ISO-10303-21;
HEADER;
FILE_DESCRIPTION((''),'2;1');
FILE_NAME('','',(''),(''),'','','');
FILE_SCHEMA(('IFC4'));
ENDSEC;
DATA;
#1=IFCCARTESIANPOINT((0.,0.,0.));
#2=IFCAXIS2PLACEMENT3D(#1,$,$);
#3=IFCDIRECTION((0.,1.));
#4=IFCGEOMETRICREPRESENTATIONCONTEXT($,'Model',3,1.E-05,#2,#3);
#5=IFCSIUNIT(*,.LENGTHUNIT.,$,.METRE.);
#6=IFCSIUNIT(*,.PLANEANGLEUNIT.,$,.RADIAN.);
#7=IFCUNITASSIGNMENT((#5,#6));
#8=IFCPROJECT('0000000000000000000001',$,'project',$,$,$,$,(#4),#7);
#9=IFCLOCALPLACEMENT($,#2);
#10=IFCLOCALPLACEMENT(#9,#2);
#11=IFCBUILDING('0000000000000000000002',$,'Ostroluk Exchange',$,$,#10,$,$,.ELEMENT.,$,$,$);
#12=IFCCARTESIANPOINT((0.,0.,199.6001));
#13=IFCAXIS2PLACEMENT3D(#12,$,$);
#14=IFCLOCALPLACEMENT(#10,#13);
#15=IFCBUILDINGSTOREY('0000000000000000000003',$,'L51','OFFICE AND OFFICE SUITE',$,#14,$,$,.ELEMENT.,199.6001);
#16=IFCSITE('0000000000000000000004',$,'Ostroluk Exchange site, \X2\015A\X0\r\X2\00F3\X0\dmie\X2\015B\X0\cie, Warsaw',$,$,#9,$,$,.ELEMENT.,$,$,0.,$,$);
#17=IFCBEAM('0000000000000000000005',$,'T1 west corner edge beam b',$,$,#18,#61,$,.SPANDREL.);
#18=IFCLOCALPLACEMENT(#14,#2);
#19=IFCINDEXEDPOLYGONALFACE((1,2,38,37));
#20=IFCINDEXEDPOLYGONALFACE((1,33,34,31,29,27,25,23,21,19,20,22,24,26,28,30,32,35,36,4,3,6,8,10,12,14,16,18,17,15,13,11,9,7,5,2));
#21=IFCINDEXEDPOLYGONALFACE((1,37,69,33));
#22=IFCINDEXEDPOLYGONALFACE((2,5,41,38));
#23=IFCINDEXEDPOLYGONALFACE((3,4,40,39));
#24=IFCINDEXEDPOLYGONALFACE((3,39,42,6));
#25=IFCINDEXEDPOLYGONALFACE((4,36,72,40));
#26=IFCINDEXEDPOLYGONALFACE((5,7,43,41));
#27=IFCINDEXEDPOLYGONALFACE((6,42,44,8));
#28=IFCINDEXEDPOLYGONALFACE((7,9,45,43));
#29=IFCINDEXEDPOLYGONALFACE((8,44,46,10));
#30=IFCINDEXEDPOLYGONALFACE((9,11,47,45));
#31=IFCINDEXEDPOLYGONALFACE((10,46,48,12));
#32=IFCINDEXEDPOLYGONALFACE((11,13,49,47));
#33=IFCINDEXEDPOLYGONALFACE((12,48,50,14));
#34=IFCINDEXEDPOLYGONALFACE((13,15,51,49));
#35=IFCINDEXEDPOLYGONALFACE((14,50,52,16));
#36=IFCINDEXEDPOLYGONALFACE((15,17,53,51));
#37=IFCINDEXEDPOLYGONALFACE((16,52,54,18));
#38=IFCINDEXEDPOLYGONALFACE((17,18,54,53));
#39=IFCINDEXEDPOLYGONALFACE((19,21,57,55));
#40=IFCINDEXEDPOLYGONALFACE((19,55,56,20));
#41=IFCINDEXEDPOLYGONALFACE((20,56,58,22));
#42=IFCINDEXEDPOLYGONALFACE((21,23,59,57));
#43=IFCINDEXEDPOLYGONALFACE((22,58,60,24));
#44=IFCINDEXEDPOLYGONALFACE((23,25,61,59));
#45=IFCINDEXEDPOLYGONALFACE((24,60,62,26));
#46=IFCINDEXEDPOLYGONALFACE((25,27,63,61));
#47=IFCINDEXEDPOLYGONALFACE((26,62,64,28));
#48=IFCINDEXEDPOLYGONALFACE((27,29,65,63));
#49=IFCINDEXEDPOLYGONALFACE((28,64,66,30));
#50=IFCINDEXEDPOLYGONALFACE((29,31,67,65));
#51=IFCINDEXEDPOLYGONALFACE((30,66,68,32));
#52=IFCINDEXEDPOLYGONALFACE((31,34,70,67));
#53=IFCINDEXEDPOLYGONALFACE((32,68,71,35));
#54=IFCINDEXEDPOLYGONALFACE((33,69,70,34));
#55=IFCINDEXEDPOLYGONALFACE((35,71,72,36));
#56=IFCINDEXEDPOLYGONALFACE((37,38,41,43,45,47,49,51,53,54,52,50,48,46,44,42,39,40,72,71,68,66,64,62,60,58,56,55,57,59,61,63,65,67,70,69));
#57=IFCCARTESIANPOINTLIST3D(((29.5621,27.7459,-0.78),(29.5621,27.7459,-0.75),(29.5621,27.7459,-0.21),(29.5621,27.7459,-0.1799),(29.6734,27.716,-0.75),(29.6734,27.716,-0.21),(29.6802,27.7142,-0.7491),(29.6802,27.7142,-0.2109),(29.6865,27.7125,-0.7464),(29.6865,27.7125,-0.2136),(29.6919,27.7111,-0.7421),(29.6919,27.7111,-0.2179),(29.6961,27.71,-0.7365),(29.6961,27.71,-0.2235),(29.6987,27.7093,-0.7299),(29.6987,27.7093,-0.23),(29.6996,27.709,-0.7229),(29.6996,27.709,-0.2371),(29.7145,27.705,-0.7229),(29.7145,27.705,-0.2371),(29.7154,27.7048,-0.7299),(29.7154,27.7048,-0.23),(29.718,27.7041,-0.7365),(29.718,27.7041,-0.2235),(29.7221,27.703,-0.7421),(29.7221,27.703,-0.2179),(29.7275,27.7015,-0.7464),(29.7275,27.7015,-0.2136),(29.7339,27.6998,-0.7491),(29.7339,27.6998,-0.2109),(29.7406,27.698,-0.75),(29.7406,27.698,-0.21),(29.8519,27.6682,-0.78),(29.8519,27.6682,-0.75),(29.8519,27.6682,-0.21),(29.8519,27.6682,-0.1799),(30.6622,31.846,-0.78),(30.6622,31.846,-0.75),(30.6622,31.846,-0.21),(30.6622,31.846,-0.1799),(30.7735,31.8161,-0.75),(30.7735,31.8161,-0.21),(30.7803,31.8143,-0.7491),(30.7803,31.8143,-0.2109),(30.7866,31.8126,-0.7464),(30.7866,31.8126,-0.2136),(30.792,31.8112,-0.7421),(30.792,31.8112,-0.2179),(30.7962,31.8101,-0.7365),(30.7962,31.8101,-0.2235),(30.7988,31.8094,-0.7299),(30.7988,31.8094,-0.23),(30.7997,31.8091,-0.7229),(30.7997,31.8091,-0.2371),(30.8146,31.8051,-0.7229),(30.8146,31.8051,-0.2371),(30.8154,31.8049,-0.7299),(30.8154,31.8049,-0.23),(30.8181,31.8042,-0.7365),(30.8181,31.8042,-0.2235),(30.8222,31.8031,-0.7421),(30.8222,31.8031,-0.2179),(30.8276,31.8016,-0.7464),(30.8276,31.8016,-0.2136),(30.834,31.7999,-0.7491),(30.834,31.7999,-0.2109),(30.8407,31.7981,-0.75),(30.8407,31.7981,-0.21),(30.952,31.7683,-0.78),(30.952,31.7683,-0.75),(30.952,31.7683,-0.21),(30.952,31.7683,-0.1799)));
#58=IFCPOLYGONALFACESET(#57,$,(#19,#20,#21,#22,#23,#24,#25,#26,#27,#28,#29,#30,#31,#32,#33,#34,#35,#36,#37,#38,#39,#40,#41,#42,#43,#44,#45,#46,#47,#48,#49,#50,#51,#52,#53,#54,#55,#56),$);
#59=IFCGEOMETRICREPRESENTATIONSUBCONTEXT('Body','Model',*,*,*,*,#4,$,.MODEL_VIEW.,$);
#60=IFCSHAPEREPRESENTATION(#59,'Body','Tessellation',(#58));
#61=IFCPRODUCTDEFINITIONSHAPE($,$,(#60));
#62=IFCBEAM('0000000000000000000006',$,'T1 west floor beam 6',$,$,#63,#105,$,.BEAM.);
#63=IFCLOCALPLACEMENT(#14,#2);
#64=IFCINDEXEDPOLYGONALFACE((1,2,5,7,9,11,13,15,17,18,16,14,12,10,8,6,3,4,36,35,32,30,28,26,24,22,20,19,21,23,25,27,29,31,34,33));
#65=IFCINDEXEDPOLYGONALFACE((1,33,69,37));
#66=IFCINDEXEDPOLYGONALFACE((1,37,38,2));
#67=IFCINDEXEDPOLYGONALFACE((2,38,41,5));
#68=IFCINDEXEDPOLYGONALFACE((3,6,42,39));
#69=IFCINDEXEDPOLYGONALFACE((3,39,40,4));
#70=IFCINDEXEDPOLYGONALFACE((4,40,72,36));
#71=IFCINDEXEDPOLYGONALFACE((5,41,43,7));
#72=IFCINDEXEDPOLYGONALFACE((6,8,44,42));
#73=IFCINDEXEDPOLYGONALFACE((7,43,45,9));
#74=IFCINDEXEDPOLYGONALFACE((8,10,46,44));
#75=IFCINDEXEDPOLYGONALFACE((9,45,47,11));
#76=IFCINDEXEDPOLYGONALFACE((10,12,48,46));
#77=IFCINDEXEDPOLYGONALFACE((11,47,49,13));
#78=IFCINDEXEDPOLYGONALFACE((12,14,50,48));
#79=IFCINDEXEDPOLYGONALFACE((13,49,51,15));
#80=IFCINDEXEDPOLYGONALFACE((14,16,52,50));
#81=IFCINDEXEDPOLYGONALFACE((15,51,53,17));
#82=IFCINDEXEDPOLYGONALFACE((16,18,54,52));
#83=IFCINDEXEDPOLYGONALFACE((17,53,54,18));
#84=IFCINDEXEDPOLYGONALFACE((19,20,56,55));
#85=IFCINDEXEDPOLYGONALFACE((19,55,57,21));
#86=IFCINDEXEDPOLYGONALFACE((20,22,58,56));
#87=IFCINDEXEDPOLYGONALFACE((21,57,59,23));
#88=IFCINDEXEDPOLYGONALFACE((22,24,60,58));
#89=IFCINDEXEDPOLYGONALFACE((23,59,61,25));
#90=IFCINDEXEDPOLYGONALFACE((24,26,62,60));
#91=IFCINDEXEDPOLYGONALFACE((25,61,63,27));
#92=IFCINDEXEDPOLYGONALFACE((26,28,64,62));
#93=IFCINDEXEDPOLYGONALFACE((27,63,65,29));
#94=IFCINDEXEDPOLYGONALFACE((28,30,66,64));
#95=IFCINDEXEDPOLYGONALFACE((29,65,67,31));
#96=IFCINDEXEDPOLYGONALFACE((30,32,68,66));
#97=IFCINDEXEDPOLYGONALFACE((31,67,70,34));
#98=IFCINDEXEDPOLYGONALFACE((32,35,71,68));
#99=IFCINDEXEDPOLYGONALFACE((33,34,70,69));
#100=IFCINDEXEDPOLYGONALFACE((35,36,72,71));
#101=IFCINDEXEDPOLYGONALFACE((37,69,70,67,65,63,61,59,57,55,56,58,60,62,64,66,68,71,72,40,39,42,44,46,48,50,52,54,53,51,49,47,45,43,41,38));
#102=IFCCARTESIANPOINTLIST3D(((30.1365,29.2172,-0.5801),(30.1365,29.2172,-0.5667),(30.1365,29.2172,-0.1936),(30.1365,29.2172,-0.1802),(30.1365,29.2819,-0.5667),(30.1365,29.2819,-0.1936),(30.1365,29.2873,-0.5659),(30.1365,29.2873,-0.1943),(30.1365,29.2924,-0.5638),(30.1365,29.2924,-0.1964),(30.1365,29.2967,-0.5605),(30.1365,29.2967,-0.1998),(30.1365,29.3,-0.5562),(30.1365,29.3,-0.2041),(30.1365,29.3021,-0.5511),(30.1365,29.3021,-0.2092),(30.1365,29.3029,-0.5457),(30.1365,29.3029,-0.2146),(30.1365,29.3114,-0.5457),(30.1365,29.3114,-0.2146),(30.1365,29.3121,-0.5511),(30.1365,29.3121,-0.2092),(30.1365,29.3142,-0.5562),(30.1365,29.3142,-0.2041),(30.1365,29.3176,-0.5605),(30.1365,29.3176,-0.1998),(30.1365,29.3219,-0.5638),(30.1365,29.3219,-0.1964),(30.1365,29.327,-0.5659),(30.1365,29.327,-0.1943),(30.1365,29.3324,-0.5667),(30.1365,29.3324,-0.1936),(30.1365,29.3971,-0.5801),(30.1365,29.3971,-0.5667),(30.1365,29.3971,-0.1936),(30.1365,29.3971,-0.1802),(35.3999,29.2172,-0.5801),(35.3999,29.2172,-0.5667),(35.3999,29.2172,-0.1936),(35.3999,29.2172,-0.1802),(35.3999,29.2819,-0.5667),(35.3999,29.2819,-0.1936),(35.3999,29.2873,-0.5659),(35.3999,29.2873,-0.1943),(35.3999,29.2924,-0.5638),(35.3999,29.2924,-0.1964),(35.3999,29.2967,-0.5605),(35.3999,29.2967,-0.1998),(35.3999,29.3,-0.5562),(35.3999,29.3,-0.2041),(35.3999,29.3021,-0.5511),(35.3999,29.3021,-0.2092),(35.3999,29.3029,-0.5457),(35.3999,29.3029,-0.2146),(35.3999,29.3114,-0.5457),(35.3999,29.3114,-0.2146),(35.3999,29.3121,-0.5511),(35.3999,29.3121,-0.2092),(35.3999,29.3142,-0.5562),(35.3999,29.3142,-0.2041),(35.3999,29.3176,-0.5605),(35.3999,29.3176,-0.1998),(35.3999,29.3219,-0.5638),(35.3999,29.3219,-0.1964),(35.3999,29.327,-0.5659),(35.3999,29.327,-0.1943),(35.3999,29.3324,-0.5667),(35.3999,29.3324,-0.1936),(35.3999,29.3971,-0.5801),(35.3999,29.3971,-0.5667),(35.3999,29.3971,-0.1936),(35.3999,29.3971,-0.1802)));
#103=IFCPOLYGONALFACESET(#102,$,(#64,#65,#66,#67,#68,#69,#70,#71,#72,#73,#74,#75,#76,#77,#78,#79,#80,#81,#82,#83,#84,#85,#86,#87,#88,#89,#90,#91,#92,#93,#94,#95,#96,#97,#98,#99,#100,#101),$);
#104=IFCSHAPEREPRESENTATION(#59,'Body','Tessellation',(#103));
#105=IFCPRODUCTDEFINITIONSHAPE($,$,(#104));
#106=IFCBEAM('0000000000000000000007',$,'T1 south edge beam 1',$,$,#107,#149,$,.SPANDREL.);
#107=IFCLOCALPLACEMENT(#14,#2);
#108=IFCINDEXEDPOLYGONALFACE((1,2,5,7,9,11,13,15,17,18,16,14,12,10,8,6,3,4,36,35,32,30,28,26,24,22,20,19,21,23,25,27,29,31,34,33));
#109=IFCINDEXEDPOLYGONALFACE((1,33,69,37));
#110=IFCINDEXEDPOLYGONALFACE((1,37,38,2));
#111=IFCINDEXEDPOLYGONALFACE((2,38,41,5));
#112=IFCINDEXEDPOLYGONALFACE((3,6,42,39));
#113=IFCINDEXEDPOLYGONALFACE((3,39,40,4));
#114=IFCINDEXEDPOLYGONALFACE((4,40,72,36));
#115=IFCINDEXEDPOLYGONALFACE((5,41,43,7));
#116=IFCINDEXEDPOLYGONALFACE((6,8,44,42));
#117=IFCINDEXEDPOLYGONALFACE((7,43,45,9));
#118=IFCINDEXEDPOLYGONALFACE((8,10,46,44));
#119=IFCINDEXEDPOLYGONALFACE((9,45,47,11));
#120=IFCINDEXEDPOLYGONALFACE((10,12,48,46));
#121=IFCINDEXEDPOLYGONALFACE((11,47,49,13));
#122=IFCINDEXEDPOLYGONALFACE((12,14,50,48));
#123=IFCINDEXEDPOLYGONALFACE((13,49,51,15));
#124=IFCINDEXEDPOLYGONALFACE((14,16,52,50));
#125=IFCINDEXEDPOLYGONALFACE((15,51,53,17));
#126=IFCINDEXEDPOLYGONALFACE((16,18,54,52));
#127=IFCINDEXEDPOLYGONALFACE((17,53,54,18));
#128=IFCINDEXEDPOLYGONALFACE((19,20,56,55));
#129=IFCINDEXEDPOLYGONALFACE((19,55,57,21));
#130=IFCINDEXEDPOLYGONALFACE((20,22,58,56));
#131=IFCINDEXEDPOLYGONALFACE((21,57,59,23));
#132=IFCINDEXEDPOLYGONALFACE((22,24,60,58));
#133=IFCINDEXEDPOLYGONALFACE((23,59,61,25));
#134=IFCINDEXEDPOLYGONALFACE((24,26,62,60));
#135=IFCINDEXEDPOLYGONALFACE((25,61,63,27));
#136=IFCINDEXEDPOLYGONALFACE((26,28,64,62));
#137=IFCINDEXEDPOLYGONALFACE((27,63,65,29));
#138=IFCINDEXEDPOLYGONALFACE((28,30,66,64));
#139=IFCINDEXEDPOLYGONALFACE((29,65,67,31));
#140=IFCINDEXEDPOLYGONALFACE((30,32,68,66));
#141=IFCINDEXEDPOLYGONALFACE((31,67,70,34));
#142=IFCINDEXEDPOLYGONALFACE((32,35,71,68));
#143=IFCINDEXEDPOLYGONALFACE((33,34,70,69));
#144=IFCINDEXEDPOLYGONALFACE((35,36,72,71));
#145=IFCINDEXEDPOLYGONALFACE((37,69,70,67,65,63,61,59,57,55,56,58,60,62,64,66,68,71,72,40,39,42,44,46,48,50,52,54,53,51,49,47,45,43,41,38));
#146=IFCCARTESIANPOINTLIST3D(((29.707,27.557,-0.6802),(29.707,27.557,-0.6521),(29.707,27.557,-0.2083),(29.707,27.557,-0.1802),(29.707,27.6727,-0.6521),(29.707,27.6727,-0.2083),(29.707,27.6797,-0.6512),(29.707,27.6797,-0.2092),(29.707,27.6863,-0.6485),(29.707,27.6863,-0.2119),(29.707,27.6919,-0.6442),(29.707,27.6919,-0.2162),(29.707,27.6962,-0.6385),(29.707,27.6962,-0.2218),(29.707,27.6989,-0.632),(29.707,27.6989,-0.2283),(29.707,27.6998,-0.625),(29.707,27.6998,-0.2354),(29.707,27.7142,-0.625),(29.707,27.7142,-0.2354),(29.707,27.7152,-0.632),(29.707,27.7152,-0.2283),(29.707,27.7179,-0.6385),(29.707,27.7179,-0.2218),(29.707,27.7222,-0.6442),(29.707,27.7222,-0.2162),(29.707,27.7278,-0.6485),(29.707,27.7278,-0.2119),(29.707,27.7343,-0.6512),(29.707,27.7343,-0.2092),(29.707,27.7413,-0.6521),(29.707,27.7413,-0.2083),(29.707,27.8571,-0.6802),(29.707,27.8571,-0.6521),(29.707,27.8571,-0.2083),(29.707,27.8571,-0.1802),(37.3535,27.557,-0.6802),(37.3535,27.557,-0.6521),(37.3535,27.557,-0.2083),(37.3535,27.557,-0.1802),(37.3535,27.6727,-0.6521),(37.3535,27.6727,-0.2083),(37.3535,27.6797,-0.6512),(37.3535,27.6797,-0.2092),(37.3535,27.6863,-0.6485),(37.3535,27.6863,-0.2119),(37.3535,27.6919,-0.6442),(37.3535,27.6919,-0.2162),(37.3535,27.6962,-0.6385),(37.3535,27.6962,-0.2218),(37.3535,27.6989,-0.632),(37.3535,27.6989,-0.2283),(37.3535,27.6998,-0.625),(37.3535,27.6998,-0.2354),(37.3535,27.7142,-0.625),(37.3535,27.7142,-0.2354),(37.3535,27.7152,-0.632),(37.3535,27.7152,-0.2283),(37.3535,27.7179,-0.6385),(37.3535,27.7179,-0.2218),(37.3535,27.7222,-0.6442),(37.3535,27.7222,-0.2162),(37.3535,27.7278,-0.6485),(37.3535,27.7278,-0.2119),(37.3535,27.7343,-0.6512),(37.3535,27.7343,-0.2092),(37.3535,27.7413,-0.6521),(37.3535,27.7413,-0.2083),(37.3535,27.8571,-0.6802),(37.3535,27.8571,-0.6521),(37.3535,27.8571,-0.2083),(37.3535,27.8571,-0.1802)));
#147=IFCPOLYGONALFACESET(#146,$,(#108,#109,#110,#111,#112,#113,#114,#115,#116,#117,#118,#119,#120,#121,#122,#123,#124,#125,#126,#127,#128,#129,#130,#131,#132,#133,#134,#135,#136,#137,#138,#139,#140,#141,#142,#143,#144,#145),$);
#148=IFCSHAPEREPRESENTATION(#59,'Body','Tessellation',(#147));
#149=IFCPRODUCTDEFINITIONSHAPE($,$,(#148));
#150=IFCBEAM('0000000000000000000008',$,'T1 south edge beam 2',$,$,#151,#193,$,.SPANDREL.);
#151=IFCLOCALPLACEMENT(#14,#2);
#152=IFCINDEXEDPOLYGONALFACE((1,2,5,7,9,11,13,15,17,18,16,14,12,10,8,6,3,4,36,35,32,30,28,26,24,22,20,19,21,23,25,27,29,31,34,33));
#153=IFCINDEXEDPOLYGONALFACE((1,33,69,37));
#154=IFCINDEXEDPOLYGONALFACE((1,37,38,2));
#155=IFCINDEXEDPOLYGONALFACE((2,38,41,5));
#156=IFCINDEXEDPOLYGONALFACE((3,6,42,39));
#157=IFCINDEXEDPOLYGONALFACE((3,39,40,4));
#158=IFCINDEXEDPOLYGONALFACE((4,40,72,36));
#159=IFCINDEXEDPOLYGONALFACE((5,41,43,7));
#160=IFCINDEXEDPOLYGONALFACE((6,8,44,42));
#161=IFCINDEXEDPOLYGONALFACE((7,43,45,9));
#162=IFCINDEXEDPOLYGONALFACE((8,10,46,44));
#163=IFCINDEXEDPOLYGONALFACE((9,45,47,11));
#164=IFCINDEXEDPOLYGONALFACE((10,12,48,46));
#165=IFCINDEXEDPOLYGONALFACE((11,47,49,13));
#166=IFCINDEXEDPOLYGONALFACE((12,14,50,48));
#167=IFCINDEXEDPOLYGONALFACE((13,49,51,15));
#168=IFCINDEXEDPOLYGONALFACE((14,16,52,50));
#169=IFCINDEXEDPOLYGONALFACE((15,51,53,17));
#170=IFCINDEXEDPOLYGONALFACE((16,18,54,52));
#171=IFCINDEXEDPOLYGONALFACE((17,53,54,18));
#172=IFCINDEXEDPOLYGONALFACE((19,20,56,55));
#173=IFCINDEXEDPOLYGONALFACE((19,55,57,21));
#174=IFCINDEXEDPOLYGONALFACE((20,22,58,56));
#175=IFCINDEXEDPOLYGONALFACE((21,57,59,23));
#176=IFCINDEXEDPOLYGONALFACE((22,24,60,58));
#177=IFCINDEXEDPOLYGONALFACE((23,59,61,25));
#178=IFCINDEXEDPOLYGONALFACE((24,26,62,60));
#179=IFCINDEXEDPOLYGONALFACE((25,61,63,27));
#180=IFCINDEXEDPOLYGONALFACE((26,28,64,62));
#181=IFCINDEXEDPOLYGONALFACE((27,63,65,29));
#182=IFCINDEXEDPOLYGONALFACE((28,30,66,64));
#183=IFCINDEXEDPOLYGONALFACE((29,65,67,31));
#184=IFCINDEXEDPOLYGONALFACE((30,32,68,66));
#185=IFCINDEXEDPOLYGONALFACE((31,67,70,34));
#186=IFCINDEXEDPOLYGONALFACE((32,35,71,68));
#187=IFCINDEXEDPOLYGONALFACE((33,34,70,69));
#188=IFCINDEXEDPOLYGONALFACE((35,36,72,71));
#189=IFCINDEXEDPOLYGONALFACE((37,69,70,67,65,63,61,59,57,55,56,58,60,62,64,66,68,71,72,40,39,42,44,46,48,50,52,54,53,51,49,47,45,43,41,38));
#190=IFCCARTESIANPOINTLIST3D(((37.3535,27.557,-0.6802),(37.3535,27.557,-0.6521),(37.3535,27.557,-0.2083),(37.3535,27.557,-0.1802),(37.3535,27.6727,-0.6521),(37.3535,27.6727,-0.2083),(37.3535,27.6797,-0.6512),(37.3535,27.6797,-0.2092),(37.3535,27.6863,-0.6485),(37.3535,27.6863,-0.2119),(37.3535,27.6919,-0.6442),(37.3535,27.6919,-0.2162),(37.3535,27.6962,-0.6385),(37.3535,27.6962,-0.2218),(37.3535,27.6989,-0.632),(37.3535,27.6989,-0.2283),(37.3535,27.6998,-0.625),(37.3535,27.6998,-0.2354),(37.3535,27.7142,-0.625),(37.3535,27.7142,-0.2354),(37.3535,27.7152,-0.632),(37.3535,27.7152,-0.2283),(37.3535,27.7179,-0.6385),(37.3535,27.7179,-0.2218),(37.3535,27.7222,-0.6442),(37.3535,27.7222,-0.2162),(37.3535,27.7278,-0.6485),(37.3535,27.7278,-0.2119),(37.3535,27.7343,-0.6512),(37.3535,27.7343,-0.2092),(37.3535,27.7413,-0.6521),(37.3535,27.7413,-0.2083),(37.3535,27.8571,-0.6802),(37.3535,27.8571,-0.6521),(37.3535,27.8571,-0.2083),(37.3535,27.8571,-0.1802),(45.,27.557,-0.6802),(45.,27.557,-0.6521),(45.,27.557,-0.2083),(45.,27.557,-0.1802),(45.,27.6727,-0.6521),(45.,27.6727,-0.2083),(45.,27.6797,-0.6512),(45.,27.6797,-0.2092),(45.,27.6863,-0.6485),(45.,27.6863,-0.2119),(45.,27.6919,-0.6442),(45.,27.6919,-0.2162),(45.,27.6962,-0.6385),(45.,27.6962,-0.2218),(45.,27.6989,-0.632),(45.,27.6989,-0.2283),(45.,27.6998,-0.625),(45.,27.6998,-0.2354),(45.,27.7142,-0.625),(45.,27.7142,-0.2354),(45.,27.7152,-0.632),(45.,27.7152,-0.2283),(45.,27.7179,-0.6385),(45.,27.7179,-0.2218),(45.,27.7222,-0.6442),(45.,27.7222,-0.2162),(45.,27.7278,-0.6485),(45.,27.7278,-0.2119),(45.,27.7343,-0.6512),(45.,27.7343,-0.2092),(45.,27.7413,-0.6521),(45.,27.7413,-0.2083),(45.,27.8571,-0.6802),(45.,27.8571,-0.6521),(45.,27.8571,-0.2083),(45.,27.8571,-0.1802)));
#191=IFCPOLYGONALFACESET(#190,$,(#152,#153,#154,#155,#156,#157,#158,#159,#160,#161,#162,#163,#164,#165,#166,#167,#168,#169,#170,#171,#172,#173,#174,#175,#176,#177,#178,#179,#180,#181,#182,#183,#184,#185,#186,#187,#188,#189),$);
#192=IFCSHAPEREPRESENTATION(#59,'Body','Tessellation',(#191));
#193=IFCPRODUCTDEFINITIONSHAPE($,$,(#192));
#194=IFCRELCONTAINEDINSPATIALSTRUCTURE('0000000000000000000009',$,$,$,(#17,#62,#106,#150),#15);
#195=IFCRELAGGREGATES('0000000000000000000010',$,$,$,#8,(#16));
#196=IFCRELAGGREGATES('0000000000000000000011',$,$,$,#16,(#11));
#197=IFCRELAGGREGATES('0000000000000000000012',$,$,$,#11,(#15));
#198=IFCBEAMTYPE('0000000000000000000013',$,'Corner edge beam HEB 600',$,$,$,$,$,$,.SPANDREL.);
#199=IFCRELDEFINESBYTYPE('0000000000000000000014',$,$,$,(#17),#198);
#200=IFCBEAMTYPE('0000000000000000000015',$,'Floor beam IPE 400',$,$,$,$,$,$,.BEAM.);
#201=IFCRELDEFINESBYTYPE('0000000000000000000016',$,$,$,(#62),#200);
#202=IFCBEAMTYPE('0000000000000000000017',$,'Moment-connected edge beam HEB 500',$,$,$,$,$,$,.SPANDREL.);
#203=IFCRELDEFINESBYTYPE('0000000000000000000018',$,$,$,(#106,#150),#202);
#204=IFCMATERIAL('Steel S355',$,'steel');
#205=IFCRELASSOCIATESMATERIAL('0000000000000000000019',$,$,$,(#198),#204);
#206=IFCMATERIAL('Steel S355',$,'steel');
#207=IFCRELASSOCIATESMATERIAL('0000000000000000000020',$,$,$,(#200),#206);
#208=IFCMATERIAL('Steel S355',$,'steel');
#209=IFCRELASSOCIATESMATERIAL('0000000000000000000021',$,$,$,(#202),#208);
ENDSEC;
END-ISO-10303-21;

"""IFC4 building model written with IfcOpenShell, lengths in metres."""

from ifc_helpers import new_model, si_unit, direction, frame, origin, origin_2d, place, context, subcontext, project, spatial, i_section, extrude, material, material_profile, profile_set, type_object, element, save


model = new_model("IFC4")

# Units and contexts
model_context = context("Model", 3, precision=1e-05, world=origin(), true_north=direction((0.0, 1.0)))
body_context = subcontext(model_context, "Body", "Model", "MODEL_VIEW")
ifc_project = project(units=[si_unit("LENGTHUNIT", "METRE"), si_unit("PLANEANGLEUNIT", "RADIAN")], contexts=[model_context])

# Site, building, storey
site_placement = place(None, origin())
site = spatial("IfcSite", under=ifc_project, at=site_placement, Name="Ostroluk Exchange site, Śródmieście, Warsaw", CompositionType="ELEMENT", RefElevation=0.0)
building_placement = place(site_placement, origin())
building = spatial("IfcBuilding", under=site, at=building_placement, Name="Ostroluk Exchange", CompositionType="ELEMENT")
storey_placement = place(building_placement, frame((0.0, 0.0, 199.6001)))
storey = spatial("IfcBuildingStorey", under=building, at=storey_placement, Name="L51", Description="OFFICE AND OFFICE SUITE", CompositionType="ELEMENT", Elevation=199.6001)

# Beams
ifc_material_1 = material(Name="Steel S355", Category="steel")
ifc_material_profile_1 = material_profile(ifc_material_1, i_section(OverallWidth=0.3, OverallDepth=0.6001, WebThickness=0.0154, FlangeThickness=0.03, FilletRadius=0.0271, at=origin_2d()), Name="HEB 600")
ifc_profile_set_1 = profile_set([ifc_material_profile_1], Name="Steel S355")
beam_type_1 = type_object("IfcBeamType", Name="Corner edge beam HEB 600", PredefinedType="SPANDREL", material=ifc_profile_set_1)
for number, where, z_axis, x_axis, name in (
    (1, (30.8071, 31.8071, -0.48), (-0.259144, -0.965839, 0.0), (0.965839, -0.259144, 0.0), "T1 west corner edge beam b"),
):
    element("IfcBeam", number, at=place(storey_placement, frame(where, z_axis=z_axis, x_axis=x_axis)), inside=storey, type_object=beam_type_1, Name=name, PredefinedType="SPANDREL", context=body_context, shape_type="SweptSolid", body=[
        extrude(i_section(OverallWidth=0.3, OverallDepth=0.6001, WebThickness=0.0154, FlangeThickness=0.03, FilletRadius=0.0271, at=origin_2d()), origin(), (0.0, 0.0, 1.0), 4.2451),
    ])
ifc_material_2 = material(Name="Steel S355", Category="steel")
ifc_material_profile_2 = material_profile(ifc_material_2, i_section(OverallWidth=0.1799, OverallDepth=0.3999, WebThickness=0.0085, FlangeThickness=0.0134, FilletRadius=0.021, at=origin_2d()), Name="IPE 400")
ifc_profile_set_2 = profile_set([ifc_material_profile_2], Name="Steel S355")
beam_type_2 = type_object("IfcBeamType", Name="Floor beam IPE 400", PredefinedType="BEAM", material=ifc_profile_set_2)
beam_1_placement = place(storey_placement, frame((35.3999, 29.3071, -0.3801), z_axis=(-1.0, 0.0, 0.0), x_axis=(0.0, -1.0, 0.0)))
element("IfcBeam", 2, at=beam_1_placement, inside=storey, type_object=beam_type_2, Name="T1 west floor beam 6", PredefinedType="BEAM", context=body_context, shape_type="SweptSolid", body=[
    extrude(i_section(OverallWidth=0.1799, OverallDepth=0.3999, WebThickness=0.0085, FlangeThickness=0.0134, FilletRadius=0.021, at=origin_2d()), origin(), (0.0, 0.0, 1.0), 5.2634),
])
ifc_material_3 = material(Name="Steel S355", Category="steel")
ifc_material_profile_3 = material_profile(ifc_material_3, i_section(OverallWidth=0.3, OverallDepth=0.5, WebThickness=0.0144, FlangeThickness=0.0281, FilletRadius=0.0271, at=origin_2d()), Name="HEB 500")
ifc_profile_set_3 = profile_set([ifc_material_profile_3], Name="Steel S355")
beam_type_3 = type_object("IfcBeamType", Name="Moment-connected edge beam HEB 500", PredefinedType="SPANDREL", material=ifc_profile_set_3)
for number, where, z_axis, x_axis, name in (
    (3, (29.707, 27.707, -0.4302), (1.0, 0.0, 0.0), (0.0, 1.0, 0.0), "T1 south edge beam 1"),
    (4, (37.3535, 27.707, -0.4302), (1.0, 0.0, 0.0), (0.0, 1.0, 0.0), "T1 south edge beam 2"),
):
    element("IfcBeam", number, at=place(storey_placement, frame(where, z_axis=z_axis, x_axis=x_axis)), inside=storey, type_object=beam_type_3, Name=name, PredefinedType="SPANDREL", context=body_context, shape_type="SweptSolid", body=[
        extrude(i_section(OverallWidth=0.3, OverallDepth=0.5, WebThickness=0.0144, FlangeThickness=0.0281, FilletRadius=0.0271, at=origin_2d()), origin(), (0.0, 0.0, 1.0), 7.6465),
    ])

save(model, "model.ifc")
